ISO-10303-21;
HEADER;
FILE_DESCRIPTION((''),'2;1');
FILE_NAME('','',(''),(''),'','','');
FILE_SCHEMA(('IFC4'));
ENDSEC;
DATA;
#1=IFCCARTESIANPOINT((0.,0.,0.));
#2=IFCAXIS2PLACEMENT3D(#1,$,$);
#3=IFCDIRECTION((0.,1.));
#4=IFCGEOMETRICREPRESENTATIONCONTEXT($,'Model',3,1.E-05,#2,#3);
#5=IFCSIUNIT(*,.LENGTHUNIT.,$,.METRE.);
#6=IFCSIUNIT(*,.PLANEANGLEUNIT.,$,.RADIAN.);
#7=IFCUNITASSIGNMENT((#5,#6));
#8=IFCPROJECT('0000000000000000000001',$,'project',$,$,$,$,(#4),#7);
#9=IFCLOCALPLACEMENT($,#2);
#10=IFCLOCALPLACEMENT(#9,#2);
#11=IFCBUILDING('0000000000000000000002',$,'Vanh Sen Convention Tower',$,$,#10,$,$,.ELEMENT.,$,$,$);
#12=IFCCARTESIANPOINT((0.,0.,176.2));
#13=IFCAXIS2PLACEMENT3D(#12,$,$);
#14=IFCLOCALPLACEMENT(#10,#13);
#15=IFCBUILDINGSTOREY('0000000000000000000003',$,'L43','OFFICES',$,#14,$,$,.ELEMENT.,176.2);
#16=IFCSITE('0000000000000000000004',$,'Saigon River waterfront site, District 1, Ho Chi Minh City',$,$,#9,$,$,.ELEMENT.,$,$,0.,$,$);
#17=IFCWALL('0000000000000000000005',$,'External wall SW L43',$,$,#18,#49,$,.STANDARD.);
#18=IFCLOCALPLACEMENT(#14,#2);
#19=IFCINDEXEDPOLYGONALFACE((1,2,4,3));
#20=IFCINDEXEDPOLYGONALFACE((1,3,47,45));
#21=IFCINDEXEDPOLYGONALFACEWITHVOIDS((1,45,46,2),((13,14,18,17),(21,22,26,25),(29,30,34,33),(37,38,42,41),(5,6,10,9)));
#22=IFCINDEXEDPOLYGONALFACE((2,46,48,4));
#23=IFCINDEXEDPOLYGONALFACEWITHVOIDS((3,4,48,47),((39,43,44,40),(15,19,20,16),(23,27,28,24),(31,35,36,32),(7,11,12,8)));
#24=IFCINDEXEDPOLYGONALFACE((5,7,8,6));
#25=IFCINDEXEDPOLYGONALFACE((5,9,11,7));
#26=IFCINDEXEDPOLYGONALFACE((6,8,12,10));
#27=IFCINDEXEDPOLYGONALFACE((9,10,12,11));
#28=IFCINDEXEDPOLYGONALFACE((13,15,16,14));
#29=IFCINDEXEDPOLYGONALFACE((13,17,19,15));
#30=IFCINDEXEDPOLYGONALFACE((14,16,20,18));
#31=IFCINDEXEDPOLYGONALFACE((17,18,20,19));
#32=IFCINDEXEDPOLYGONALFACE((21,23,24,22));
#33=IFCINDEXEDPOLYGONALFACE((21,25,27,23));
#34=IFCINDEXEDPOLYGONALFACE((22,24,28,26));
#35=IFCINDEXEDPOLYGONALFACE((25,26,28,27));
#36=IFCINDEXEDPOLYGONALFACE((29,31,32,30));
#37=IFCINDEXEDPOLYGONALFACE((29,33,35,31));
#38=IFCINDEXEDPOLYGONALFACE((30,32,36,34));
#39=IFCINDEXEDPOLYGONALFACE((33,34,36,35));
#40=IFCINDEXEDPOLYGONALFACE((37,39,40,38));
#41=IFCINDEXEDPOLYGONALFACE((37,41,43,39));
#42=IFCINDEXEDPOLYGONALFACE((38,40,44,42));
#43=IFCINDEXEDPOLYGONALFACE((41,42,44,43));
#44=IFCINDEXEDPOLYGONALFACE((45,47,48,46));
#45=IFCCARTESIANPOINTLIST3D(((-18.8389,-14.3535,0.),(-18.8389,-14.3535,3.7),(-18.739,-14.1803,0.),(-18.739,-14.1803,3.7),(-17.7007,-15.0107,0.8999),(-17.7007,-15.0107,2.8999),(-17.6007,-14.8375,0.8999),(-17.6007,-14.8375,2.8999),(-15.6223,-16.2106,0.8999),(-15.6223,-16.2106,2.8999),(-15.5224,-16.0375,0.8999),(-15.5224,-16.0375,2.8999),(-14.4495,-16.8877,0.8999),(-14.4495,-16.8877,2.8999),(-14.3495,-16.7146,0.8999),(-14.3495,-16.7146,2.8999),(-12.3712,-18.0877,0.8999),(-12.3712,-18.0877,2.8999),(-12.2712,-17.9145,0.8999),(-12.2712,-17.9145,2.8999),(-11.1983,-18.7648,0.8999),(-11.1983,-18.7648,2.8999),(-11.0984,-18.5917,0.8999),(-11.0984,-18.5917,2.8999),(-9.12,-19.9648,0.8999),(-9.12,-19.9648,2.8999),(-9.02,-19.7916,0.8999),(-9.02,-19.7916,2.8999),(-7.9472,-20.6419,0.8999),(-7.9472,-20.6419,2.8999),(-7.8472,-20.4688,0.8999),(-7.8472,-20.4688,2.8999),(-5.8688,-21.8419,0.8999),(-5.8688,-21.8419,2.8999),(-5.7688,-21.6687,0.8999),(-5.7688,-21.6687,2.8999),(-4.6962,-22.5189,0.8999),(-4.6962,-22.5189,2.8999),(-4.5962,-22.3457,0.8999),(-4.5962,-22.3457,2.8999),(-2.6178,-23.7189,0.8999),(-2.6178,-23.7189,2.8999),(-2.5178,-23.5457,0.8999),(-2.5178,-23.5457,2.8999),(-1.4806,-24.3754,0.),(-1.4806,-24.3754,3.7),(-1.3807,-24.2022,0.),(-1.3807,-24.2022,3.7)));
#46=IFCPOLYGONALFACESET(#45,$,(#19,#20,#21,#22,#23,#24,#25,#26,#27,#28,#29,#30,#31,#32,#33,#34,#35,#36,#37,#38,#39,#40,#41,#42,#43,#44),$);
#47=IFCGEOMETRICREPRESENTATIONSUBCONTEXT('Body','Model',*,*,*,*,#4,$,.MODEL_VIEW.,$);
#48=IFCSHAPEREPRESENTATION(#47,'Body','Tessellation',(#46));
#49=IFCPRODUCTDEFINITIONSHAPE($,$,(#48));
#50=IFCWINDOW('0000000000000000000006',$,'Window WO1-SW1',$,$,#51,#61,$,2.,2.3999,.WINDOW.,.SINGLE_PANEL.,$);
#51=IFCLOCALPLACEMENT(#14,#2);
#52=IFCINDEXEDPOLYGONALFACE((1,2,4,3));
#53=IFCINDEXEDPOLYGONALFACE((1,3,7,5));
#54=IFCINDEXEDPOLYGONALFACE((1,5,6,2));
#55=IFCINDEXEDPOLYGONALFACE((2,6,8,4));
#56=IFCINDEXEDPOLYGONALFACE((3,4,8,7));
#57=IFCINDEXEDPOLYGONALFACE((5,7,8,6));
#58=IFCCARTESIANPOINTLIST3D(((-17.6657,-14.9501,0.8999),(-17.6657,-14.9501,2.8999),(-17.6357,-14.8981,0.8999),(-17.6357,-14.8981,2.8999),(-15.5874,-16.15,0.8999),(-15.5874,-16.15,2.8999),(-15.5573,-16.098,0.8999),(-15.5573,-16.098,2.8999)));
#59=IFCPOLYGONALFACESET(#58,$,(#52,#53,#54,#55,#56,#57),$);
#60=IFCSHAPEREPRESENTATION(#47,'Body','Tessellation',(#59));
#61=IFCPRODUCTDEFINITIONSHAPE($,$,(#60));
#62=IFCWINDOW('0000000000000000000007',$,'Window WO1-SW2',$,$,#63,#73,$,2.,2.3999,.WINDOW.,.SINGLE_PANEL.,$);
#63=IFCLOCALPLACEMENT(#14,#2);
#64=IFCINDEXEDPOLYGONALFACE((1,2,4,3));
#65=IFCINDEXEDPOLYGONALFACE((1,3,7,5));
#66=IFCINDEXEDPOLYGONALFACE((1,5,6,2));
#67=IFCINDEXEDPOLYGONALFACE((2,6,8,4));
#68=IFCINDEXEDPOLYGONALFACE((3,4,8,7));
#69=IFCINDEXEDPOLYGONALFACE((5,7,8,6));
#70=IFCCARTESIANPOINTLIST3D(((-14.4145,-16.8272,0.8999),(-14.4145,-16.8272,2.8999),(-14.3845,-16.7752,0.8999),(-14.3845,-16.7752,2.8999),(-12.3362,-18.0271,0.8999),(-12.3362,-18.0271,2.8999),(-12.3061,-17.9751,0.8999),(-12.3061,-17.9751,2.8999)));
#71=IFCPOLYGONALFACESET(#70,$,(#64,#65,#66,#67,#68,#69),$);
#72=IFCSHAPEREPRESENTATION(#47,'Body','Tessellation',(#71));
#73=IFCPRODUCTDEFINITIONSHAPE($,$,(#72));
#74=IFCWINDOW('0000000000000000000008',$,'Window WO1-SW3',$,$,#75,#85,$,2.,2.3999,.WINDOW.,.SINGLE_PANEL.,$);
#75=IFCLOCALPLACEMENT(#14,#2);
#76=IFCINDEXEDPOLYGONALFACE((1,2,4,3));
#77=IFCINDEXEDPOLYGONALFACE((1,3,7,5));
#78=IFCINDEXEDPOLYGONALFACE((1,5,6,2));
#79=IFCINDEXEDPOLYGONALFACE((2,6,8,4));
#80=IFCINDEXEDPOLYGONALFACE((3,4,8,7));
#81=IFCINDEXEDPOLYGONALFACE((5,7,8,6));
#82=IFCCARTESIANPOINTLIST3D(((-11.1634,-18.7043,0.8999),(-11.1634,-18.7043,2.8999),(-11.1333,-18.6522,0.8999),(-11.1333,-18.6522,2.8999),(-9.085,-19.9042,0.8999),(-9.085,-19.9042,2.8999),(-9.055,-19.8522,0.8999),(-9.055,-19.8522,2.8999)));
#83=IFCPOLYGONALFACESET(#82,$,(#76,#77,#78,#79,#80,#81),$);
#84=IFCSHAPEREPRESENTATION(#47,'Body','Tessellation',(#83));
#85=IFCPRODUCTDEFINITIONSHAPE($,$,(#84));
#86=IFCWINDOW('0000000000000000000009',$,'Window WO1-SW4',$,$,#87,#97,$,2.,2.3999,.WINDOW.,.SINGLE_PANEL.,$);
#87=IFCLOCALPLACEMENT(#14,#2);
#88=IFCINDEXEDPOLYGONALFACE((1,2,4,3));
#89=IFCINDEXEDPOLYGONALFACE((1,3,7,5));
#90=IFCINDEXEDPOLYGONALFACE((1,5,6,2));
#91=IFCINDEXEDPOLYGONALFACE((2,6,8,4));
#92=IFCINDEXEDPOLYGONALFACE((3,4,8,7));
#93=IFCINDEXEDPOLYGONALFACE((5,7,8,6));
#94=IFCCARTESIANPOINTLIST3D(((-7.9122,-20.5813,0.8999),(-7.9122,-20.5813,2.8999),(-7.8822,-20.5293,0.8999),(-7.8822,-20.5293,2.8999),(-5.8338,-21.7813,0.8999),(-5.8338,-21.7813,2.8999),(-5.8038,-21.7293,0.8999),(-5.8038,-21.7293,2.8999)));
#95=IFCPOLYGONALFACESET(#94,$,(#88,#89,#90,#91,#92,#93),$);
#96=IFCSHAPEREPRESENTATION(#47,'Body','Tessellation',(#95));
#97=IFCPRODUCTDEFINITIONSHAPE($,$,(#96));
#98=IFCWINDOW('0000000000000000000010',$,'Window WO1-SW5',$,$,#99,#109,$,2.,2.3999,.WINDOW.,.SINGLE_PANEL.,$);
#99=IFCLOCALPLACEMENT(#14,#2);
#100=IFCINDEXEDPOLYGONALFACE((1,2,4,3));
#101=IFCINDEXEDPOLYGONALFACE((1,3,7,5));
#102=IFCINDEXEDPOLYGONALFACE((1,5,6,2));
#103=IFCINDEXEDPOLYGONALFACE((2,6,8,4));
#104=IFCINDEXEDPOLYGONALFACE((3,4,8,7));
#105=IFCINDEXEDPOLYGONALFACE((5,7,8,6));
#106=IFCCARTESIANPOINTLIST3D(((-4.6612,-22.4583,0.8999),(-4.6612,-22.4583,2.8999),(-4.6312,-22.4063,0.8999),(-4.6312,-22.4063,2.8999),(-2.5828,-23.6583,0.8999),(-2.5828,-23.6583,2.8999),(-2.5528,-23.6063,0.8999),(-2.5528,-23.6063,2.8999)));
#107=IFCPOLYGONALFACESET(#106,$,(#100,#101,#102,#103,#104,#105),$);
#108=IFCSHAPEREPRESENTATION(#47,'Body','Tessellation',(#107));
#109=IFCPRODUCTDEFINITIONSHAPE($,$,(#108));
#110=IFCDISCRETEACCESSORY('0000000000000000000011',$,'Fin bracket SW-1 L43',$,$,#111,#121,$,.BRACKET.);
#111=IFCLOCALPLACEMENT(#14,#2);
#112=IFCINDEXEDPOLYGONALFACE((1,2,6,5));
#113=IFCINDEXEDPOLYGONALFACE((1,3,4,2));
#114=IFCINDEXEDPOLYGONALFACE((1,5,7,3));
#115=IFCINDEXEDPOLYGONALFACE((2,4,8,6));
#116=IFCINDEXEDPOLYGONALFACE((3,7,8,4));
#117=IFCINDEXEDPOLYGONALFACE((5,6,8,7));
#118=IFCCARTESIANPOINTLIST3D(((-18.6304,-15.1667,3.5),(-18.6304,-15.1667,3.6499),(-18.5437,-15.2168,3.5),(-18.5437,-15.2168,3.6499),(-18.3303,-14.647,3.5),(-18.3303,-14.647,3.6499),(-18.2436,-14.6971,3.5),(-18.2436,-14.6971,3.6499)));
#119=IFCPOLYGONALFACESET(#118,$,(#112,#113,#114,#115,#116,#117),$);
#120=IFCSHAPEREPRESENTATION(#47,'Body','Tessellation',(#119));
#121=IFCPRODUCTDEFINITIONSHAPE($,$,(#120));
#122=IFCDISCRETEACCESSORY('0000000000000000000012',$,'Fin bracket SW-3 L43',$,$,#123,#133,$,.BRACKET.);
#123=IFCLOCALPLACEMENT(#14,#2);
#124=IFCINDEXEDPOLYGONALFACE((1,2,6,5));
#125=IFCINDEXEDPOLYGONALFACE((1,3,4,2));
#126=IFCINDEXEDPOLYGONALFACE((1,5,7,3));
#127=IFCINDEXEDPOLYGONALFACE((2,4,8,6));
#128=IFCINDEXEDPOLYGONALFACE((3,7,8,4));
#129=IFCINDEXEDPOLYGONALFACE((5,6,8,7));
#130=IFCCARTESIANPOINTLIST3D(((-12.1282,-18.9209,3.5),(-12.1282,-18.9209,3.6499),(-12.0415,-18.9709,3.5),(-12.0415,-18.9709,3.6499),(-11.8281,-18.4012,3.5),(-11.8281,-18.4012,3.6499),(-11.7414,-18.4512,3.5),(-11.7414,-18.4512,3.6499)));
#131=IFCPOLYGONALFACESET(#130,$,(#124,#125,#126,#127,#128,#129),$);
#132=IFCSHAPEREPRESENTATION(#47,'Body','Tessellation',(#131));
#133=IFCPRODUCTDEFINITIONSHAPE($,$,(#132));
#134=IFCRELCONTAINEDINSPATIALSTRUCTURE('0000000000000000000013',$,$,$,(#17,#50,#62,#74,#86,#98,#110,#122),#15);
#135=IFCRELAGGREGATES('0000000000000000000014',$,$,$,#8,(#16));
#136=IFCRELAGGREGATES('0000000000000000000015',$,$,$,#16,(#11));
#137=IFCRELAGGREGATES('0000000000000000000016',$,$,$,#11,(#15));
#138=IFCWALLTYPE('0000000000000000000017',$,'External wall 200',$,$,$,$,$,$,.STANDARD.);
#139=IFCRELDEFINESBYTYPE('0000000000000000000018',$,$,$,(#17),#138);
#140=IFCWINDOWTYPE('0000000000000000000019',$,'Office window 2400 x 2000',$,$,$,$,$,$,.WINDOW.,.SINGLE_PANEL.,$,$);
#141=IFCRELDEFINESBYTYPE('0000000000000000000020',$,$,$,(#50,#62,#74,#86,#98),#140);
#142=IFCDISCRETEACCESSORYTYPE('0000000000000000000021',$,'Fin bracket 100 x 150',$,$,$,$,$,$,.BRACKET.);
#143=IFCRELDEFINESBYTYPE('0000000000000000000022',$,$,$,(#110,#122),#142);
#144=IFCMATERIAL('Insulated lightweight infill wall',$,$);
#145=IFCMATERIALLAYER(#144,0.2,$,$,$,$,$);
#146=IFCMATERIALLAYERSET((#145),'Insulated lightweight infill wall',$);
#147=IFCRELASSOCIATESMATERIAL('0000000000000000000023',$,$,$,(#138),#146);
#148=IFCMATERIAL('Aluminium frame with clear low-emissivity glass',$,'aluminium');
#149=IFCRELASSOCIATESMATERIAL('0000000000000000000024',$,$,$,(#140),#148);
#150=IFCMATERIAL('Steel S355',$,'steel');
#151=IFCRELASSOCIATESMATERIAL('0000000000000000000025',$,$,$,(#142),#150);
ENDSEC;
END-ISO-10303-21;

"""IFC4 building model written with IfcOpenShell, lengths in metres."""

from ifc_helpers import new_model, si_unit, direction, frame, frame_2d, origin, origin_2d, place, context, subcontext, project, spatial, rectangle, extrude, material, layer, layer_set, type_object, element, fill, save


model = new_model("IFC4")

# Units and contexts
model_context = context("Model", 3, precision=1e-05, world=origin(), true_north=direction((0.0, 1.0)))
body_context = subcontext(model_context, "Body", "Model", "MODEL_VIEW")
ifc_project = project(units=[si_unit("LENGTHUNIT", "METRE"), si_unit("PLANEANGLEUNIT", "RADIAN")], contexts=[model_context])

# Site, building, storey
site_placement = place(None, origin())
site = spatial("IfcSite", under=ifc_project, at=site_placement, Name="Saigon River waterfront site, District 1, Ho Chi Minh City", CompositionType="ELEMENT", RefElevation=0.0)
building_placement = place(site_placement, origin())
building = spatial("IfcBuilding", under=site, at=building_placement, Name="Vanh Sen Convention Tower", CompositionType="ELEMENT")
storey_placement = place(building_placement, frame((0.0, 0.0, 176.2)))
storey = spatial("IfcBuildingStorey", under=building, at=storey_placement, Name="L43", Description="OFFICES", CompositionType="ELEMENT", Elevation=176.2)

# Wall, openings, windows
ifc_material_1 = material(Name="Insulated lightweight infill wall")
ifc_layer_1 = layer(ifc_material_1, 0.2)
ifc_layer_set_1 = layer_set([ifc_layer_1], Name="Insulated lightweight infill wall")
wall_type_1 = type_object("IfcWallType", Name="External wall 200", PredefinedType="STANDARD", material=ifc_layer_set_1)
wall_1_placement = place(storey_placement, frame((-18.7891, -14.2668, 0.0), z_axis=(0.0, 0.0, 1.0), x_axis=(0.866023, -0.500004, 0.0)))
wall_1 = element("IfcWall", 1, at=wall_1_placement, inside=storey, type_object=wall_type_1, Name="External wall SW L43", PredefinedType="STANDARD", context=body_context, shape_type="SweptSolid", body=[
    extrude(rectangle(XDim=20.0437, YDim=0.2, at=frame_2d((10.022, 0.0))), origin(), (0.0, 0.0, 1.0), 3.7),
])
opening_1_placement = place(wall_1_placement, frame((1.3145, 0.0, 0.8999)))
opening_1 = element("IfcOpeningElement", 2, at=opening_1_placement, cuts=wall_1, PredefinedType="OPENING", context=body_context, shape_type="SweptSolid", body=[
    extrude(rectangle(XDim=2.3999, YDim=2.0, at=frame_2d((1.2, 1.0))), frame((0.0, 0.1099, 0.0), z_axis=(0.0, -1.0, 0.0), x_axis=(1.0, 0.0, 0.0)), (0.0, 0.0, 1.0), 0.22),
])
opening_2_placement = place(wall_1_placement, frame((5.0686, 0.0, 0.8999)))
opening_2 = element("IfcOpeningElement", 3, at=opening_2_placement, cuts=wall_1, PredefinedType="OPENING", context=body_context, shape_type="SweptSolid", body=[
    extrude(rectangle(XDim=2.3999, YDim=2.0, at=frame_2d((1.2, 1.0))), frame((0.0, 0.1099, 0.0), z_axis=(0.0, -1.0, 0.0), x_axis=(1.0, 0.0, 0.0)), (0.0, 0.0, 1.0), 0.22),
])
opening_3_placement = place(wall_1_placement, frame((8.8228, 0.0, 0.8999)))
opening_3 = element("IfcOpeningElement", 4, at=opening_3_placement, cuts=wall_1, PredefinedType="OPENING", context=body_context, shape_type="SweptSolid", body=[
    extrude(rectangle(XDim=2.3999, YDim=2.0, at=frame_2d((1.2, 1.0))), frame((0.0, 0.1099, 0.0), z_axis=(0.0, -1.0, 0.0), x_axis=(1.0, 0.0, 0.0)), (0.0, 0.0, 1.0), 0.22),
])
opening_4_placement = place(wall_1_placement, frame((12.5769, 0.0, 0.8999)))
opening_4 = element("IfcOpeningElement", 5, at=opening_4_placement, cuts=wall_1, PredefinedType="OPENING", context=body_context, shape_type="SweptSolid", body=[
    extrude(rectangle(XDim=2.3999, YDim=2.0, at=frame_2d((1.2, 1.0))), frame((0.0, 0.1099, 0.0), z_axis=(0.0, -1.0, 0.0), x_axis=(1.0, 0.0, 0.0)), (0.0, 0.0, 1.0), 0.22),
])
opening_5_placement = place(wall_1_placement, frame((16.3308, 0.0, 0.8999)))
opening_5 = element("IfcOpeningElement", 6, at=opening_5_placement, cuts=wall_1, PredefinedType="OPENING", context=body_context, shape_type="SweptSolid", body=[
    extrude(rectangle(XDim=2.3999, YDim=2.0, at=frame_2d((1.2, 1.0))), frame((0.0, 0.1099, 0.0), z_axis=(0.0, -1.0, 0.0), x_axis=(1.0, 0.0, 0.0)), (0.0, 0.0, 1.0), 0.22),
])
ifc_material_2 = material(Name="Aluminium frame with clear low-emissivity glass", Category="aluminium")
window_type = type_object("IfcWindowType", Name="Office window 2400 x 2000", PartitioningType="SINGLE_PANEL", PredefinedType="WINDOW", material=ifc_material_2)
window_1_placement = place(opening_1_placement, origin())
window_1 = element("IfcWindow", 7, at=window_1_placement, inside=storey, type_object=window_type, Name="Window WO1-SW1", OverallHeight=2.0, OverallWidth=2.3999, PartitioningType="SINGLE_PANEL", PredefinedType="WINDOW", context=body_context, shape_type="SweptSolid", body=[
    extrude(rectangle(XDim=2.3999, YDim=2.0, at=frame_2d((1.2, 1.0))), frame((0.0, 0.03, 0.0), z_axis=(0.0, -1.0, 0.0), x_axis=(1.0, 0.0, 0.0)), (0.0, 0.0, 1.0), 0.0601),
])
fill(opening_1, window_1)
window_2_placement = place(opening_2_placement, origin())
window_2 = element("IfcWindow", 8, at=window_2_placement, inside=storey, type_object=window_type, Name="Window WO1-SW2", OverallHeight=2.0, OverallWidth=2.3999, PartitioningType="SINGLE_PANEL", PredefinedType="WINDOW", context=body_context, shape_type="SweptSolid", body=[
    extrude(rectangle(XDim=2.3999, YDim=2.0, at=frame_2d((1.2, 1.0))), frame((0.0, 0.03, 0.0), z_axis=(0.0, -1.0, 0.0), x_axis=(1.0, 0.0, 0.0)), (0.0, 0.0, 1.0), 0.0601),
])
fill(opening_2, window_2)
window_3_placement = place(opening_3_placement, origin())
window_3 = element("IfcWindow", 9, at=window_3_placement, inside=storey, type_object=window_type, Name="Window WO1-SW3", OverallHeight=2.0, OverallWidth=2.3999, PartitioningType="SINGLE_PANEL", PredefinedType="WINDOW", context=body_context, shape_type="SweptSolid", body=[
    extrude(rectangle(XDim=2.3999, YDim=2.0, at=frame_2d((1.2, 1.0))), frame((0.0, 0.03, 0.0), z_axis=(0.0, -1.0, 0.0), x_axis=(1.0, 0.0, 0.0)), (0.0, 0.0, 1.0), 0.0601),
])
fill(opening_3, window_3)
window_4_placement = place(opening_4_placement, origin())
window_4 = element("IfcWindow", 10, at=window_4_placement, inside=storey, type_object=window_type, Name="Window WO1-SW4", OverallHeight=2.0, OverallWidth=2.3999, PartitioningType="SINGLE_PANEL", PredefinedType="WINDOW", context=body_context, shape_type="SweptSolid", body=[
    extrude(rectangle(XDim=2.3999, YDim=2.0, at=frame_2d((1.2, 1.0))), frame((0.0, 0.03, 0.0), z_axis=(0.0, -1.0, 0.0), x_axis=(1.0, 0.0, 0.0)), (0.0, 0.0, 1.0), 0.0601),
])
fill(opening_4, window_4)
window_5_placement = place(opening_5_placement, origin())
window_5 = element("IfcWindow", 11, at=window_5_placement, inside=storey, type_object=window_type, Name="Window WO1-SW5", OverallHeight=2.0, OverallWidth=2.3999, PartitioningType="SINGLE_PANEL", PredefinedType="WINDOW", context=body_context, shape_type="SweptSolid", body=[
    extrude(rectangle(XDim=2.3999, YDim=2.0, at=frame_2d((1.2, 1.0))), frame((0.0, 0.03, 0.0), z_axis=(0.0, -1.0, 0.0), x_axis=(1.0, 0.0, 0.0)), (0.0, 0.0, 1.0), 0.0601),
])
fill(opening_5, window_5)

# Discrete accessories
ifc_material_3 = material(Name="Steel S355", Category="steel")
discrete_accessory_type = type_object("IfcDiscreteAccessoryType", Name="Fin bracket 100 x 150", PredefinedType="BRACKET", material=ifc_material_3)
for number, where, z_axis, x_axis, name in (
    (12, (-18.437, -14.9319, 3.5), (0.0, 0.0, 1.0), (-0.5, -0.866025, 0.0), "Fin bracket SW-1 L43"),
    (13, (-11.9348, -18.686, 3.5), (0.0, 0.0, 1.0), (-0.5, -0.866025, 0.0), "Fin bracket SW-3 L43"),
):
    element("IfcDiscreteAccessory", number, at=place(storey_placement, frame(where, z_axis=z_axis, x_axis=x_axis)), inside=storey, type_object=discrete_accessory_type, Name=name, PredefinedType="BRACKET", context=body_context, shape_type="SweptSolid", body=[
        extrude(rectangle(XDim=0.6001, YDim=0.1001, at=origin_2d()), origin(), (0.0, 0.0, 1.0), 0.1499),
    ])

save(model, "model.ifc")
